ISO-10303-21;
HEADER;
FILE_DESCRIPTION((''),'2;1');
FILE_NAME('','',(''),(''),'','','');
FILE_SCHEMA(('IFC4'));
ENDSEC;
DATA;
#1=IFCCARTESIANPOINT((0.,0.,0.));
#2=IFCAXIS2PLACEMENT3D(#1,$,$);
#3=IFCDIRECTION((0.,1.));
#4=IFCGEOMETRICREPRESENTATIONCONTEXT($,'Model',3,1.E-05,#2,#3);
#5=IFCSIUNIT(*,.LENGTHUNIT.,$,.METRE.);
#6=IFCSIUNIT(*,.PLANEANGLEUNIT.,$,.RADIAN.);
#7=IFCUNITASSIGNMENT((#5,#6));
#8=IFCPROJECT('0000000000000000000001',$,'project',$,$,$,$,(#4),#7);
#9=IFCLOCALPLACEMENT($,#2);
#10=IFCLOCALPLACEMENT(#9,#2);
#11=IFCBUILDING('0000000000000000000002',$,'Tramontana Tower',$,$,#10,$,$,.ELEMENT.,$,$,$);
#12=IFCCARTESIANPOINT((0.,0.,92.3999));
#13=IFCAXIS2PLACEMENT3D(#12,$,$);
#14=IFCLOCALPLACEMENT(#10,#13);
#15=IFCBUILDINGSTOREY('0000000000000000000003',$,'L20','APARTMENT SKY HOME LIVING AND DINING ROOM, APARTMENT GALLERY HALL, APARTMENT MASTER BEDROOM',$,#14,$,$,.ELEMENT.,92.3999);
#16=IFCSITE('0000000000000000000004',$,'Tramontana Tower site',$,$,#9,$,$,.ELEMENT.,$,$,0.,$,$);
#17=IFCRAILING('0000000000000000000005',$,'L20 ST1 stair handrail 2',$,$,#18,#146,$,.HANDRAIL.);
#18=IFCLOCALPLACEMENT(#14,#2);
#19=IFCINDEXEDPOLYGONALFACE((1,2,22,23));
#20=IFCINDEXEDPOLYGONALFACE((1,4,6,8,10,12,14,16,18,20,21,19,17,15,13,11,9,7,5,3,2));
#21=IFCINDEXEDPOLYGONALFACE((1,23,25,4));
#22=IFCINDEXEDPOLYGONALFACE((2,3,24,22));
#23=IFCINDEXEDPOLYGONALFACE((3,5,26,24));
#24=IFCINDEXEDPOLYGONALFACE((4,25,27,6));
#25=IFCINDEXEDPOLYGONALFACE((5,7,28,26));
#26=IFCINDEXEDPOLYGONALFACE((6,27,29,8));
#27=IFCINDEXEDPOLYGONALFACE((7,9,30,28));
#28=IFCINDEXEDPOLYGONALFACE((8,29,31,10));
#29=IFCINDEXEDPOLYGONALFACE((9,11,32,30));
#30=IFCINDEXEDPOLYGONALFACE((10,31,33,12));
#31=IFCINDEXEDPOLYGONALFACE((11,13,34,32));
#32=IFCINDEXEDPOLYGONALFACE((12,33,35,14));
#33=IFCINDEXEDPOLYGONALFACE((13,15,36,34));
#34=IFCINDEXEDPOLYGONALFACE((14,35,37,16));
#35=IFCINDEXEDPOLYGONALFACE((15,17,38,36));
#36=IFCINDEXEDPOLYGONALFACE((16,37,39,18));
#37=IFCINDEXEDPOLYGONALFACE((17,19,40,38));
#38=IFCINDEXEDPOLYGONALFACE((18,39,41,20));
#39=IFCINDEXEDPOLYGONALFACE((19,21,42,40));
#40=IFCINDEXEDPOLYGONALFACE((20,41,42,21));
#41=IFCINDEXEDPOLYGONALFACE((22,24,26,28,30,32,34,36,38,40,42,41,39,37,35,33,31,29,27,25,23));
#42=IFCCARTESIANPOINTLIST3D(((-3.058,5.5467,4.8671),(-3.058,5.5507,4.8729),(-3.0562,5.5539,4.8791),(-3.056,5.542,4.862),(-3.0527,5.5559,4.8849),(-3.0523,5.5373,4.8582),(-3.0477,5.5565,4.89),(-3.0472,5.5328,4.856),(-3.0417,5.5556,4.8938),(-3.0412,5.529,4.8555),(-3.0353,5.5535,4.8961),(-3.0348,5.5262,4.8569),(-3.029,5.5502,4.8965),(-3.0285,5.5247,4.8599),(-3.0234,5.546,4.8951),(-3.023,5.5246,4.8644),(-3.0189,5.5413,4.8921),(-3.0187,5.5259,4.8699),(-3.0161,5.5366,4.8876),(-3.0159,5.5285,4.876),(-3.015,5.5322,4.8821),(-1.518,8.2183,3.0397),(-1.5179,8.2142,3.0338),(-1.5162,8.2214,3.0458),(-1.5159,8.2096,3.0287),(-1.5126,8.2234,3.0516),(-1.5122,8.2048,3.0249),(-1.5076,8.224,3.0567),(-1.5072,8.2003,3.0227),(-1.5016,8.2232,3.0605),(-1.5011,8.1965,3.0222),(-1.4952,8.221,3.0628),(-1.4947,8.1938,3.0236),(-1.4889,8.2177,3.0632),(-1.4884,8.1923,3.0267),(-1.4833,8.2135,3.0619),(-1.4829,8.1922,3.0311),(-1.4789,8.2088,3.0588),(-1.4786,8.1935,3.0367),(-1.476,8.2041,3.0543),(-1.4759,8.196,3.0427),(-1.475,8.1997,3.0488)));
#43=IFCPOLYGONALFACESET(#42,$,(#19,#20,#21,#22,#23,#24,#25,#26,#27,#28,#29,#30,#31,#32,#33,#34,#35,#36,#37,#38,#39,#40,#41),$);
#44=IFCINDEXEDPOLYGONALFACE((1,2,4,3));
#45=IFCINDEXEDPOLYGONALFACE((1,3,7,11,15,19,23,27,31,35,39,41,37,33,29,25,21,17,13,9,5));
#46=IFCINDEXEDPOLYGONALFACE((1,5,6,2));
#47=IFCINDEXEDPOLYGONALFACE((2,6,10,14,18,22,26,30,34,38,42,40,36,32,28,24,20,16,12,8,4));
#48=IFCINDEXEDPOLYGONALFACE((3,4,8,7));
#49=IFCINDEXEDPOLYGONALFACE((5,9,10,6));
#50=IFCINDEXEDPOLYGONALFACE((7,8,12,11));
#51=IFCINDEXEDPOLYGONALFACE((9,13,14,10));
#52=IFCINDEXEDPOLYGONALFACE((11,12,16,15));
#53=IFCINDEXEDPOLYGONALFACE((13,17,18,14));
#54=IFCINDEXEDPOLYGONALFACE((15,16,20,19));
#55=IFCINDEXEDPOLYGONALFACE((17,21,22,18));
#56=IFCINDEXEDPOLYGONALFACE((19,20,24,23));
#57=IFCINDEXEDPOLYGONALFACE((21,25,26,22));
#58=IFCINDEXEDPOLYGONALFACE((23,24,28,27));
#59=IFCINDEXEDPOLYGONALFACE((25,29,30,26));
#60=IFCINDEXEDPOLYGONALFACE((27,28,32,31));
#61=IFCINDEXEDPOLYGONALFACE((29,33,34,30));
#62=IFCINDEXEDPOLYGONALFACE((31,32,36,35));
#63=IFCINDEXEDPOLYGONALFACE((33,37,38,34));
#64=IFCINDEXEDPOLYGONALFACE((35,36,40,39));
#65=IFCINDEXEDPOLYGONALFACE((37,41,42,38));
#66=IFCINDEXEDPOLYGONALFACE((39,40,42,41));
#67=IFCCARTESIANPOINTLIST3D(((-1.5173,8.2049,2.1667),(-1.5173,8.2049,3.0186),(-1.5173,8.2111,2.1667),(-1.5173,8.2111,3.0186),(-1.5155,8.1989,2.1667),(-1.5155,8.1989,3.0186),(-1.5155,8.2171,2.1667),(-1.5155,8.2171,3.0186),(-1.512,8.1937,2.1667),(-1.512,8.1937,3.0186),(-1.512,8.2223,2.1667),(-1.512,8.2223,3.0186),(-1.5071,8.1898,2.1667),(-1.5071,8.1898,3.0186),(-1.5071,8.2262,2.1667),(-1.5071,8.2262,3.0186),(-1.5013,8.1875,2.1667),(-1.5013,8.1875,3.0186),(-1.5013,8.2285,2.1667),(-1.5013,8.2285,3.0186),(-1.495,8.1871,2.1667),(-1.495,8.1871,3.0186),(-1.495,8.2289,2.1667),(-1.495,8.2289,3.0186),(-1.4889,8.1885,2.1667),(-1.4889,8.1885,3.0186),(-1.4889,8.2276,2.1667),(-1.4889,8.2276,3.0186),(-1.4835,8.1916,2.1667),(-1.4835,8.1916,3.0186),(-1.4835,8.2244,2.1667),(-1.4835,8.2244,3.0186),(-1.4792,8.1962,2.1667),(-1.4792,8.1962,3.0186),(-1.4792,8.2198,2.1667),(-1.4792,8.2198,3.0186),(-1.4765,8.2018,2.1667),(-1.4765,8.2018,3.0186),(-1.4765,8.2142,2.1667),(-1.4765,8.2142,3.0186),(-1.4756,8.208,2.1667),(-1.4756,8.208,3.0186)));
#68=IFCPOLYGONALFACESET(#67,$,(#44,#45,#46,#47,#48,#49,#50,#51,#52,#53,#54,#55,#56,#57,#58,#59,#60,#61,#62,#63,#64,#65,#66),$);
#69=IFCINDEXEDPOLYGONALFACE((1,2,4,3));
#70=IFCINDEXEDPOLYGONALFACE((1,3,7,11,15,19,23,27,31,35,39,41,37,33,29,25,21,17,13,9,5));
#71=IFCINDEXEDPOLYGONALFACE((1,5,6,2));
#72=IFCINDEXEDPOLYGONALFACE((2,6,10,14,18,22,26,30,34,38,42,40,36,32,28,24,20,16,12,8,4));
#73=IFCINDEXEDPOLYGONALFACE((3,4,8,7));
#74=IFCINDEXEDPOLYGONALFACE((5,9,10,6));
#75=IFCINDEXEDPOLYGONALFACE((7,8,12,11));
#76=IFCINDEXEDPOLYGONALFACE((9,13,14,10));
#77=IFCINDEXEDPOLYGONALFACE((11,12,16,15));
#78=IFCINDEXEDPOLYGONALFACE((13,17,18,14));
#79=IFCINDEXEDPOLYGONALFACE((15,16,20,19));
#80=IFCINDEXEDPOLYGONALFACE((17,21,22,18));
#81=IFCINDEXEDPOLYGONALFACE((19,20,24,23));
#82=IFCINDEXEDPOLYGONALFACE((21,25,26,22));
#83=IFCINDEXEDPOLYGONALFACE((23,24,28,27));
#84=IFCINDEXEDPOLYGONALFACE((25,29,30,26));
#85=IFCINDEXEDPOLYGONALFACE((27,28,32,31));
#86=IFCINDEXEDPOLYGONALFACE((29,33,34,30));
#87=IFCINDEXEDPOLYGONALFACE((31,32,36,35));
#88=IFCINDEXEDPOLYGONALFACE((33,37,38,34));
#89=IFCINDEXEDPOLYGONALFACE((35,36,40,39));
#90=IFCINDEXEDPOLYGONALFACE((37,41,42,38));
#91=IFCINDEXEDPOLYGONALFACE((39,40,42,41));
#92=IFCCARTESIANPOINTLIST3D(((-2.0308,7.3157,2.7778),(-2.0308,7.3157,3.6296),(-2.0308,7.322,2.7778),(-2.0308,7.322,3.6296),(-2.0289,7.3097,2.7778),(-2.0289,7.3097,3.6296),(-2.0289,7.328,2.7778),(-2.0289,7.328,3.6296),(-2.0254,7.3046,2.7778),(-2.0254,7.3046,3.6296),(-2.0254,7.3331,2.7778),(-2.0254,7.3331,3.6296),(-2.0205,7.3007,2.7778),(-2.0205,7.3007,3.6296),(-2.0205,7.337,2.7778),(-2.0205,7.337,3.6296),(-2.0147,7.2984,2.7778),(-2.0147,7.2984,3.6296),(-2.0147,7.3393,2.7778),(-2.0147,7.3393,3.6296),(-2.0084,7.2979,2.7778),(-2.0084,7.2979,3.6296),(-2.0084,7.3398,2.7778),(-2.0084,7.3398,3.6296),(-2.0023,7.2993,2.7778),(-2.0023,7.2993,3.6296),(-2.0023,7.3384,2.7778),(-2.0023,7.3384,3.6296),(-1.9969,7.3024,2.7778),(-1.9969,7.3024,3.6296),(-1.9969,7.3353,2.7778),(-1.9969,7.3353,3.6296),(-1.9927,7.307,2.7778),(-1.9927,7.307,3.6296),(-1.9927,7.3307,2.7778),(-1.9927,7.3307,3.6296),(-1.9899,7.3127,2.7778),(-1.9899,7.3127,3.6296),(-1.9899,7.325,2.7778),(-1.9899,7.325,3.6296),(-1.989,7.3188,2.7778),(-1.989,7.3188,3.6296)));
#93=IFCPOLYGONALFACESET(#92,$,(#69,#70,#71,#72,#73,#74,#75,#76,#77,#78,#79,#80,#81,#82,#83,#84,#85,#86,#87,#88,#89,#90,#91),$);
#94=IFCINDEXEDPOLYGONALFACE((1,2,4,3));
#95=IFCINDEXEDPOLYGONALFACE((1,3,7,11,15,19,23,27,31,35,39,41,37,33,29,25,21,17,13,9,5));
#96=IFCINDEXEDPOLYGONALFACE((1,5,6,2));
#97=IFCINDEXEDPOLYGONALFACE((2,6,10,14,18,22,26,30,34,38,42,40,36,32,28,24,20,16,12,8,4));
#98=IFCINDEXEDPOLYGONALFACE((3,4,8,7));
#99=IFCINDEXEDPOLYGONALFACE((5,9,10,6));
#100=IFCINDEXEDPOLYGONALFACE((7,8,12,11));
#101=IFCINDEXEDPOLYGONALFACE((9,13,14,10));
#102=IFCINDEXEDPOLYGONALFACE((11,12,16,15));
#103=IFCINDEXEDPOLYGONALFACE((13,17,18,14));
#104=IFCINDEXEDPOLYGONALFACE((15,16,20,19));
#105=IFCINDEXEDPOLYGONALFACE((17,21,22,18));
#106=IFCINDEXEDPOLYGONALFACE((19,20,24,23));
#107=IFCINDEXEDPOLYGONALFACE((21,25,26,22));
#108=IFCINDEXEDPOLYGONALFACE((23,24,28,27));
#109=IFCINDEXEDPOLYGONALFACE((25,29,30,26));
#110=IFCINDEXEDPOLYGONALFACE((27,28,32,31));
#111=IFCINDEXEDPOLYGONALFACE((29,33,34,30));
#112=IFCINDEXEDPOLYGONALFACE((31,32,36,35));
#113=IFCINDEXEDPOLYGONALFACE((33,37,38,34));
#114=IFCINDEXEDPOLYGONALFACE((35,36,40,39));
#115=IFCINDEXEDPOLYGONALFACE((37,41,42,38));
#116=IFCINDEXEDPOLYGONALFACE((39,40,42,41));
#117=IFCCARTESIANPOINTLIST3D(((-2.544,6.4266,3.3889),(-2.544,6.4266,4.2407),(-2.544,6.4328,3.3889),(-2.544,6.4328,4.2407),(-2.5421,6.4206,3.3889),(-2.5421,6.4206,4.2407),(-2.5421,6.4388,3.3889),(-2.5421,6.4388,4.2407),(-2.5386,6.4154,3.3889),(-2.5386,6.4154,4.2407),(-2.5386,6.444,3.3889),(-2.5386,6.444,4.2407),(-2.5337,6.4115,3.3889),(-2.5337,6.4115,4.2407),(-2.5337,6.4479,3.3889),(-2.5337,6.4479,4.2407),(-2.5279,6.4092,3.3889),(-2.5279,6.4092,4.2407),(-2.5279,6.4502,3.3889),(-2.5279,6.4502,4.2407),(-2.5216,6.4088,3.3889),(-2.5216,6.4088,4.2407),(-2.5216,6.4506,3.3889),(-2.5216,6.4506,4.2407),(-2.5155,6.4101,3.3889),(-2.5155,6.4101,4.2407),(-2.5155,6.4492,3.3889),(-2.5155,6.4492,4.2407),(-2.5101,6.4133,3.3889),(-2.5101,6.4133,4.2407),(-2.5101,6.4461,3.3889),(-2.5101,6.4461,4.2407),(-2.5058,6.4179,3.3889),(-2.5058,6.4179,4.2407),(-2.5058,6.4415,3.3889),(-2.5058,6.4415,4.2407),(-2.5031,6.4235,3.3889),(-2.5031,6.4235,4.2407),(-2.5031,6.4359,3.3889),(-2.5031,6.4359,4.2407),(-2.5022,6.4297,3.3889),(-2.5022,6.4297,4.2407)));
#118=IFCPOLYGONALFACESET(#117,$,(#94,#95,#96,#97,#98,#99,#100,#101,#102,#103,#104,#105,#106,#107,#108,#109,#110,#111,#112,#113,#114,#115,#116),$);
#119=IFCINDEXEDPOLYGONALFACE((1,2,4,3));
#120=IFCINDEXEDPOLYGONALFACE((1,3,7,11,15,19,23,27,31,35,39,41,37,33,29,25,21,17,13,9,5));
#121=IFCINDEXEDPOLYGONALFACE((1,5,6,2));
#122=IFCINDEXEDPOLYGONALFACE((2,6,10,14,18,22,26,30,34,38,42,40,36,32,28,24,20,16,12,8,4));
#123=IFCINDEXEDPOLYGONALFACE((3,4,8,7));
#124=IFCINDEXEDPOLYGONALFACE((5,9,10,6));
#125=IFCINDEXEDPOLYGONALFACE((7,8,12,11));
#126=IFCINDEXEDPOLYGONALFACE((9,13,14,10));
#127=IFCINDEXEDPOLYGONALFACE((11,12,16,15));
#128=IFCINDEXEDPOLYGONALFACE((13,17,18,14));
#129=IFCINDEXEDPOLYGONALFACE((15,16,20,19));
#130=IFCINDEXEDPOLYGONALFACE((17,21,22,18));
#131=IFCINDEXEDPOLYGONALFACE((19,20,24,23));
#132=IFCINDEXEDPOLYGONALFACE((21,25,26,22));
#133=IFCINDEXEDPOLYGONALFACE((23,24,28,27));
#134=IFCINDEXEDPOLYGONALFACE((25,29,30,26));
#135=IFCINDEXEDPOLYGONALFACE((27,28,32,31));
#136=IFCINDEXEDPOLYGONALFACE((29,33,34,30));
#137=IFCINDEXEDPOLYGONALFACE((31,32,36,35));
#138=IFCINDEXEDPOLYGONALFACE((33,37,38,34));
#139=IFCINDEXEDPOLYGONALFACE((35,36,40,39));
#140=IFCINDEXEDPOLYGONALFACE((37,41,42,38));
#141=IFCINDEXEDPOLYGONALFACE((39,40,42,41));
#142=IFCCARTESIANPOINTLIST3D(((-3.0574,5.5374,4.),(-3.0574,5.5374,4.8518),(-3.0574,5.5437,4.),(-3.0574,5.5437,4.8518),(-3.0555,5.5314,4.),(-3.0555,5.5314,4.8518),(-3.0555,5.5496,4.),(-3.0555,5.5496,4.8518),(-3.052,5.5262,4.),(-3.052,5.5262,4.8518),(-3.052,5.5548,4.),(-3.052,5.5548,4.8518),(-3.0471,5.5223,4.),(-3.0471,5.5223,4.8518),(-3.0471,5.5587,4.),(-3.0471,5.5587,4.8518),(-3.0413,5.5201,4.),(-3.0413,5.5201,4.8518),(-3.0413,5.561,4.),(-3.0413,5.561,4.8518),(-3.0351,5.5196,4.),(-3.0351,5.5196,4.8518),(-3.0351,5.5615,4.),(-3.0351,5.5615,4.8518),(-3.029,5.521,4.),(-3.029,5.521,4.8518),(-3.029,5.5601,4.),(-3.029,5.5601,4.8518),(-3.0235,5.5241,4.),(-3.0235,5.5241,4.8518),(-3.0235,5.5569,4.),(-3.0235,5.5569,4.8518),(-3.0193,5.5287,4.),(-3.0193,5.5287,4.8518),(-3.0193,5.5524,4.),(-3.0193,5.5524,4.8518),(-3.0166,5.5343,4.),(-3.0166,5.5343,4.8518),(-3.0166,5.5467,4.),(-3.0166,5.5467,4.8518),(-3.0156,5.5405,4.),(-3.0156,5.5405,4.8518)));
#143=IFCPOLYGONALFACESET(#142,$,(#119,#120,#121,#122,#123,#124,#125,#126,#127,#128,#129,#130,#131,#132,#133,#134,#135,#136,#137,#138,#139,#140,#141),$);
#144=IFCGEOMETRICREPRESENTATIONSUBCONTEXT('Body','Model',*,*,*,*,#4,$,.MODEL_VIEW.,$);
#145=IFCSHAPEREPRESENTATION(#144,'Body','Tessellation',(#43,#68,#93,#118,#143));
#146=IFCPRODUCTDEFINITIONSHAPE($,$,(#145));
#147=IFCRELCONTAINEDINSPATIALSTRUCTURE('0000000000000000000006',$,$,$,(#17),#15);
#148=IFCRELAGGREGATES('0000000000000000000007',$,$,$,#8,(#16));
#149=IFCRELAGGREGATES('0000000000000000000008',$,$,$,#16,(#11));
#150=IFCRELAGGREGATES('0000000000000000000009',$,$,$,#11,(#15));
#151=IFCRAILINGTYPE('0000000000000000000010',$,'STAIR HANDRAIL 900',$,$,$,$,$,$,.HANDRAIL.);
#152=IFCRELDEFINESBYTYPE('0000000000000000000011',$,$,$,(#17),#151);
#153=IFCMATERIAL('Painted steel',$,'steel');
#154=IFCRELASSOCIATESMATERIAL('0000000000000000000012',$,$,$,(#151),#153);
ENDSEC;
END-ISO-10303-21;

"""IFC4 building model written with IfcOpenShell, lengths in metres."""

from ifc_helpers import new_model, si_unit, direction, frame, origin, origin_2d, place, context, subcontext, project, spatial, circle, extrude, material, type_object, element, save


model = new_model("IFC4")

# Units and contexts
model_context = context("Model", 3, precision=1e-05, world=origin(), true_north=direction((0.0, 1.0)))
body_context = subcontext(model_context, "Body", "Model", "MODEL_VIEW")
ifc_project = project(units=[si_unit("LENGTHUNIT", "METRE"), si_unit("PLANEANGLEUNIT", "RADIAN")], contexts=[model_context])

# Site, building, storey
site_placement = place(None, origin())
site = spatial("IfcSite", under=ifc_project, at=site_placement, Name="Tramontana Tower site", CompositionType="ELEMENT", RefElevation=0.0)
building_placement = place(site_placement, origin())
building = spatial("IfcBuilding", under=site, at=building_placement, Name="Tramontana Tower", CompositionType="ELEMENT")
storey_placement = place(building_placement, frame((0.0, 0.0, 92.3999)))
storey = spatial("IfcBuildingStorey", under=building, at=storey_placement, Name="L20", Description="APARTMENT SKY HOME LIVING AND DINING ROOM, APARTMENT GALLERY HALL, APARTMENT MASTER BEDROOM", CompositionType="ELEMENT", Elevation=92.3999)

# Railing
ifc_material_1 = material(Name="Painted steel", Category="steel")
railing_type_1 = type_object("IfcRailingType", Name="STAIR HANDRAIL 900", PredefinedType="HANDRAIL", material=ifc_material_1)
railing_1_placement = place(storey_placement, frame((-1.4966, 8.208, 2.1667)))
element("IfcRailing", 1, at=railing_1_placement, inside=storey, type_object=railing_type_1, Name="L20 ST1 stair handrail 2", PredefinedType="HANDRAIL", context=body_context, shape_type="SweptSolid", body=[
    extrude(circle(Radius=0.0239, at=origin_2d()), frame((0.0, 0.0, 0.876), z_axis=(-0.429649, -0.74419, 0.511452), x_axis=(0.86603, -0.499992, 0.0)), (0.0, 0.0, 1.0), 3.5845),
    extrude(circle(Radius=0.021, at=origin_2d()), origin(), (0.0, 0.0, 1.0), 0.8518),
    extrude(circle(Radius=0.021, at=origin_2d()), frame((-0.5134, -0.8892, 0.6111)), (0.0, 0.0, 1.0), 0.8518),
    extrude(circle(Radius=0.021, at=origin_2d()), frame((-1.0266, -1.7783, 1.2222)), (0.0, 0.0, 1.0), 0.8518),
    extrude(circle(Radius=0.021, at=origin_2d()), frame((-1.54, -2.6675, 1.8333)), (0.0, 0.0, 1.0), 0.8518),
])

save(model, "model.ifc")
